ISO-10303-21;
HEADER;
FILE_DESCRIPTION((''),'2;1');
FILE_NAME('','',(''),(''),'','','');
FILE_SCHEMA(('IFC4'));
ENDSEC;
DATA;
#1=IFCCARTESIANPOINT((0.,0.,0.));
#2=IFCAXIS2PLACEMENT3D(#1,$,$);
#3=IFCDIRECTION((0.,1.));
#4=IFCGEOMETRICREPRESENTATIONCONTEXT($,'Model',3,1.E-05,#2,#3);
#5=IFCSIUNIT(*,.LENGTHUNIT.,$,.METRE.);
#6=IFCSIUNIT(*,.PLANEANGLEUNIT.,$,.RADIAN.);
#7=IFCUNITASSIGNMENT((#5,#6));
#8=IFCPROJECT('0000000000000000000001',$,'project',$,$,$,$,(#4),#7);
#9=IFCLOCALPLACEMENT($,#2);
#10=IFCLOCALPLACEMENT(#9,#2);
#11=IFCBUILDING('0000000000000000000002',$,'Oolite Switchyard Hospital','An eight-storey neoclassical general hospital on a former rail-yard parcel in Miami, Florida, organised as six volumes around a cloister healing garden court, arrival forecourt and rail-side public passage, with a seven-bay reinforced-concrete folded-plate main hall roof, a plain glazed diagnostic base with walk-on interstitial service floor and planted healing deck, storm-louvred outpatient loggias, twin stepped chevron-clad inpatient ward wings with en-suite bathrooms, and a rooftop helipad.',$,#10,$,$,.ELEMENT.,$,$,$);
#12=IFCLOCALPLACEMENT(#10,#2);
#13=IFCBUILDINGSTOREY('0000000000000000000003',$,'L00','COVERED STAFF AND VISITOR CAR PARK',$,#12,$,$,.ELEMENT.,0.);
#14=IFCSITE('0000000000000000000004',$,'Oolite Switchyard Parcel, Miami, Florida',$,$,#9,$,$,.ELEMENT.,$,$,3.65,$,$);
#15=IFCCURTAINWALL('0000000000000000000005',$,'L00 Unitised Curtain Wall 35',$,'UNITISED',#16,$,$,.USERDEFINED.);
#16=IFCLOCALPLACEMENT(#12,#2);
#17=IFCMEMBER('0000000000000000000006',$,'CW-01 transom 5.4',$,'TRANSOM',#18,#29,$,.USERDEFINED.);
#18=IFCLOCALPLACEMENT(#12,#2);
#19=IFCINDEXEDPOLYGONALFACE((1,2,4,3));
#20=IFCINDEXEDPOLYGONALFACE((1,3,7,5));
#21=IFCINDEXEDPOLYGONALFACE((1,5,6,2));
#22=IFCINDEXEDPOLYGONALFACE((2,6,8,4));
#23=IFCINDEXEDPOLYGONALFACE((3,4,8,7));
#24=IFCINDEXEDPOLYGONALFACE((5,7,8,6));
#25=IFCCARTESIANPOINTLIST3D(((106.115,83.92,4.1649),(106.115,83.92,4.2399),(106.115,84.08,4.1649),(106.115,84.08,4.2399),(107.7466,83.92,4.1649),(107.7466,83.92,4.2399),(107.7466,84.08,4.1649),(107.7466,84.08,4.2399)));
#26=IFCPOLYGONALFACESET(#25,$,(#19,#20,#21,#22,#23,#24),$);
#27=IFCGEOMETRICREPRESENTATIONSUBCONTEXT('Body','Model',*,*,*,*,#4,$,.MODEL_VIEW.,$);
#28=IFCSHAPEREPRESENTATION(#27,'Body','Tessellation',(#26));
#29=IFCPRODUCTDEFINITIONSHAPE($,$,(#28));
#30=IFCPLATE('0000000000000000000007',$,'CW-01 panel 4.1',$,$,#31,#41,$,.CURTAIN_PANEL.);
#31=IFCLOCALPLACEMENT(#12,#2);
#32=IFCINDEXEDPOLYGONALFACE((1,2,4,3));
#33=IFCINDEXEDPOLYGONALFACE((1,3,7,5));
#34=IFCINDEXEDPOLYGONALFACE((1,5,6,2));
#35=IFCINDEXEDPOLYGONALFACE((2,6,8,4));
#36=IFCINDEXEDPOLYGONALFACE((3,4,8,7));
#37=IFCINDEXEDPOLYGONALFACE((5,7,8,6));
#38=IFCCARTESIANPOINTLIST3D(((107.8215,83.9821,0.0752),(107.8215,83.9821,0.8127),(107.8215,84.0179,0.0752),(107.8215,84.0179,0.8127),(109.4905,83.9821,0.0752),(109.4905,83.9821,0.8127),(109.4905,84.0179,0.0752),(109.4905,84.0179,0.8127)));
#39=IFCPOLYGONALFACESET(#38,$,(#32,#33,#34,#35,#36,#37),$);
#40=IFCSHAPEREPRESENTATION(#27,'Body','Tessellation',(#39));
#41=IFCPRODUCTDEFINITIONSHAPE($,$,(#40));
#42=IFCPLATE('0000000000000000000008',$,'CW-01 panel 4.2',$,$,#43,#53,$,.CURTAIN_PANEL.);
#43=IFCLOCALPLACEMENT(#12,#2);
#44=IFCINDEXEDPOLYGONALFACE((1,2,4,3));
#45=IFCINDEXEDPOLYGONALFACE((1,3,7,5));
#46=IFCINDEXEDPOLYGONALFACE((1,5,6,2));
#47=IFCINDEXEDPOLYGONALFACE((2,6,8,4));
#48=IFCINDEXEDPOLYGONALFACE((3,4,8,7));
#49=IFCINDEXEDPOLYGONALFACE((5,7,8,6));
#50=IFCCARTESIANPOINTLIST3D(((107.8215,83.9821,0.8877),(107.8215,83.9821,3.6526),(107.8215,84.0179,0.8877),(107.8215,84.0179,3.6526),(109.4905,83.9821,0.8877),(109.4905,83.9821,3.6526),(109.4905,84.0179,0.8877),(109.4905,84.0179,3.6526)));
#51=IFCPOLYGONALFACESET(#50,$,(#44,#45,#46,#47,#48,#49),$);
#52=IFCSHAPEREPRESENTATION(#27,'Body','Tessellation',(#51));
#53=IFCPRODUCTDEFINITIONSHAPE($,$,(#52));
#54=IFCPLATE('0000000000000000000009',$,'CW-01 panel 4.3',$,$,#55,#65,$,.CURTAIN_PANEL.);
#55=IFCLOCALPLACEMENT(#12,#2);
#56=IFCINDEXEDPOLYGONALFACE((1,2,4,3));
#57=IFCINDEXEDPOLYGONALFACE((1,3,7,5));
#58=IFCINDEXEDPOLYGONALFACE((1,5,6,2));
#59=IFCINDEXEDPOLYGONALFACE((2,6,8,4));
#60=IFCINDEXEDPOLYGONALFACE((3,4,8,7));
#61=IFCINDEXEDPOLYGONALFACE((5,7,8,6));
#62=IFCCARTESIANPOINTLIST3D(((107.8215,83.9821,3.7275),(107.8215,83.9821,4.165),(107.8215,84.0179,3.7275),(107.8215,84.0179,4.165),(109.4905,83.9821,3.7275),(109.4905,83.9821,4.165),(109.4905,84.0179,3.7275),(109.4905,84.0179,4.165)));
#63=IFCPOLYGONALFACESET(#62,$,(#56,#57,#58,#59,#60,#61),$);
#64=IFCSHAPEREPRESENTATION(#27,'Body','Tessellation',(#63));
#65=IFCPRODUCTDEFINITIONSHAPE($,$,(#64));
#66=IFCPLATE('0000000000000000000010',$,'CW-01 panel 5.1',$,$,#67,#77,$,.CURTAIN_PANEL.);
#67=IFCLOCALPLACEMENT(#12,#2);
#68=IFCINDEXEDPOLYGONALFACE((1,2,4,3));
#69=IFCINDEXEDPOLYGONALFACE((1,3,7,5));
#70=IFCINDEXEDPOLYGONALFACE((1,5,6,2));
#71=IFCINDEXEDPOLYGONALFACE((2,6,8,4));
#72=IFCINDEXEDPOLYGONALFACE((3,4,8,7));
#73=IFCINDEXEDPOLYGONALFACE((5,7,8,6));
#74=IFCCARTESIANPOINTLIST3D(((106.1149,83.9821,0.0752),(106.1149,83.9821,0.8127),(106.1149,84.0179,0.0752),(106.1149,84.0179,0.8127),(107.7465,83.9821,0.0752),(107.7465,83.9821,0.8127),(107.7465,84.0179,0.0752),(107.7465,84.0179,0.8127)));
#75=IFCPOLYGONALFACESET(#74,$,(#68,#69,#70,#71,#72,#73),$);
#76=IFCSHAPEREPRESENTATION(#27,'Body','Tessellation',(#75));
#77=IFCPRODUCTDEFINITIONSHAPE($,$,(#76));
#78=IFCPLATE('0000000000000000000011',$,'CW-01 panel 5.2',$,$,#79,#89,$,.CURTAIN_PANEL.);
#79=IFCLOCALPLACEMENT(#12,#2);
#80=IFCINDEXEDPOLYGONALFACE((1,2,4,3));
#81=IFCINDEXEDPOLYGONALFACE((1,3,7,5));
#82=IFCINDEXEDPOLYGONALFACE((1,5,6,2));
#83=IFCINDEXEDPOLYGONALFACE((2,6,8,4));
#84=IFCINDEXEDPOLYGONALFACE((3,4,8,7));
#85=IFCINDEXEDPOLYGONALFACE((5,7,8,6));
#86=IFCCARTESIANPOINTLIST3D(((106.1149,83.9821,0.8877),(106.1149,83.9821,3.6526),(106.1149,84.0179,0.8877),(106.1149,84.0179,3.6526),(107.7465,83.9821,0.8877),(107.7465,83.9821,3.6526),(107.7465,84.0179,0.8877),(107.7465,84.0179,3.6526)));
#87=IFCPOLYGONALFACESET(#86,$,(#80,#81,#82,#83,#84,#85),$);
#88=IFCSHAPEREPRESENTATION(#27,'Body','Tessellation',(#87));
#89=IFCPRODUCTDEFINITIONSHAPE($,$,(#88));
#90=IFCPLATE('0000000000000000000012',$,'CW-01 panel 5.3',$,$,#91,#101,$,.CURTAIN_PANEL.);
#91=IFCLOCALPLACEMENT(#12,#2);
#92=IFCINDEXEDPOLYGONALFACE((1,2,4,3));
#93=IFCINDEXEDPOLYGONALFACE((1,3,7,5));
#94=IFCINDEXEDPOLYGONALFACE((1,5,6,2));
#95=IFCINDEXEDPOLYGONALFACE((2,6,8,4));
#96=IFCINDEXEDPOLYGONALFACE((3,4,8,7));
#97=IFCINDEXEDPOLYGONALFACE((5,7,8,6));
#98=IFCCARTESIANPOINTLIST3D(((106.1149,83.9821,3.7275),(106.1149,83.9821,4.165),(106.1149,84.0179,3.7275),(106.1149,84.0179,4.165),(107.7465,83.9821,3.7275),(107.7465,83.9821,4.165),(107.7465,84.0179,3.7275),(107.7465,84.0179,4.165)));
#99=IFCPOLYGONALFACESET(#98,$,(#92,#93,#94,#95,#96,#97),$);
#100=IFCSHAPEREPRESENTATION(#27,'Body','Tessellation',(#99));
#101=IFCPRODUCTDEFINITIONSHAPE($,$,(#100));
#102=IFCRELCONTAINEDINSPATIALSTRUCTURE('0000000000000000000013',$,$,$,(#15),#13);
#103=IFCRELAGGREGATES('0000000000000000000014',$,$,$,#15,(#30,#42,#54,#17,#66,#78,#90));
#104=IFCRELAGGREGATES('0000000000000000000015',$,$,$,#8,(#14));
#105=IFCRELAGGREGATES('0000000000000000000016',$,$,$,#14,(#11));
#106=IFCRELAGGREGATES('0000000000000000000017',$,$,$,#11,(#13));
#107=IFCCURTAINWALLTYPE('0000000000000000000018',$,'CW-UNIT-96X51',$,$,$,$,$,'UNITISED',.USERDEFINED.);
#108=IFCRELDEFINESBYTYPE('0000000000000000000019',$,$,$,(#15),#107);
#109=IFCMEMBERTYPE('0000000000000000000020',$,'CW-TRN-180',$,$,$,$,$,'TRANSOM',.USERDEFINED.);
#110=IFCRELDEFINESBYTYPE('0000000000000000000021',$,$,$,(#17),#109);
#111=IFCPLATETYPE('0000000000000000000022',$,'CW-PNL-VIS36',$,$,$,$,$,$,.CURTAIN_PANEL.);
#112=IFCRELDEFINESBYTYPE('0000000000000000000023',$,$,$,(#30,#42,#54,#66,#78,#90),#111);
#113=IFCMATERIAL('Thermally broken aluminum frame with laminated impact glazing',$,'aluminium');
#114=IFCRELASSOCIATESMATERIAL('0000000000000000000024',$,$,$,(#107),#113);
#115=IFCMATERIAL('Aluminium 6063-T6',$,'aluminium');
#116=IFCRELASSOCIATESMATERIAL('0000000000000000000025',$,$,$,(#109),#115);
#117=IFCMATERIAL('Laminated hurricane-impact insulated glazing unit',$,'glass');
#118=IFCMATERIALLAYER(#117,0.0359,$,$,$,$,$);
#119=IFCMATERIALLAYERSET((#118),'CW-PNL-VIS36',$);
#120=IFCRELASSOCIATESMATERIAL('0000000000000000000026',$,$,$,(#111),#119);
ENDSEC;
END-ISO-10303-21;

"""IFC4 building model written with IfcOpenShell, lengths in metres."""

from ifc_helpers import new_model, si_unit, direction, frame, origin, origin_2d, place, context, subcontext, project, spatial, rectangle, extrude, material, layer, layer_set, material_profile, profile_set, type_object, element, aggregate, save


model = new_model("IFC4")

# Units and contexts
model_context = context("Model", 3, precision=1e-05, world=origin(), true_north=direction((0.0, 1.0)))
body_context = subcontext(model_context, "Body", "Model", "MODEL_VIEW")
ifc_project = project(units=[si_unit("LENGTHUNIT", "METRE"), si_unit("PLANEANGLEUNIT", "RADIAN")], contexts=[model_context])

# Site, building, storey
site_placement = place(None, origin())
site = spatial("IfcSite", under=ifc_project, at=site_placement, Name="Oolite Switchyard Parcel, Miami, Florida", CompositionType="ELEMENT", RefElevation=3.65)
building_placement = place(site_placement, origin())
building = spatial("IfcBuilding", under=site, at=building_placement, Name="Oolite Switchyard Hospital", Description="An eight-storey neoclassical general hospital on a former rail-yard parcel in Miami, Florida, organised as six volumes around a cloister healing garden court, arrival forecourt and rail-side public passage, with a seven-bay reinforced-concrete folded-plate main hall roof, a plain glazed diagnostic base with walk-on interstitial service floor and planted healing deck, storm-louvred outpatient loggias, twin stepped chevron-clad inpatient ward wings with en-suite bathrooms, and a rooftop helipad.", CompositionType="ELEMENT")
storey_placement = place(building_placement, origin())
storey = spatial("IfcBuildingStorey", under=building, at=storey_placement, Name="L00", Description="COVERED STAFF AND VISITOR CAR PARK", CompositionType="ELEMENT", Elevation=0.0)

# Curtain wall, member, plates
ifc_material_1 = material(Name="Thermally broken aluminum frame with laminated impact glazing", Category="aluminium")
curtain_wall_type = type_object("IfcCurtainWallType", Name="CW-UNIT-96X51", ElementType="UNITISED", PredefinedType="USERDEFINED", material=ifc_material_1)
curtain_wall_placement = place(storey_placement, origin())
curtain_wall = element("IfcCurtainWall", 1, at=curtain_wall_placement, inside=storey, type_object=curtain_wall_type, Name="L00 Unitised Curtain Wall 35", ObjectType="UNITISED", PredefinedType="USERDEFINED")
ifc_material_2 = material(Name="Aluminium 6063-T6", Category="aluminium")
ifc_material_profile_1 = material_profile(ifc_material_2, rectangle(XDim=0.1599, YDim=0.075, at=origin_2d()), Name="CWT75X160")
ifc_profile_set_1 = profile_set([ifc_material_profile_1], Name="Aluminium 6063-T6")
member_type_1 = type_object("IfcMemberType", Name="CW-TRN-180", ElementType="TRANSOM", PredefinedType="USERDEFINED", material=ifc_profile_set_1)
member_1_placement = place(storey_placement, frame((107.7466, 84.0, 4.2024), z_axis=(-1.0, 0.0, 0.0), x_axis=(0.0, -1.0, 0.0)))
member_1 = element("IfcMember", 2, at=member_1_placement, type_object=member_type_1, Name="CW-01 transom 5.4", ObjectType="TRANSOM", PredefinedType="USERDEFINED", context=body_context, shape_type="SweptSolid", body=[
    extrude(rectangle(XDim=0.1599, YDim=0.075, at=origin_2d()), origin(), (0.0, 0.0, 1.0), 1.6316),
])
ifc_material_3 = material(Name="Laminated hurricane-impact insulated glazing unit", Category="glass")
ifc_layer = layer(ifc_material_3, 0.0359)
ifc_layer_set = layer_set([ifc_layer], Name="CW-PNL-VIS36")
plate_type = type_object("IfcPlateType", Name="CW-PNL-VIS36", PredefinedType="CURTAIN_PANEL", material=ifc_layer_set)
plate_1_placement = place(storey_placement, frame((108.656, 84.0, 0.0752), z_axis=(0.0, 0.0, 1.0), x_axis=(-1.0, 0.0, 0.0)))
plate_1 = element("IfcPlate", 3, at=plate_1_placement, type_object=plate_type, Name="CW-01 panel 4.1", PredefinedType="CURTAIN_PANEL", context=body_context, shape_type="SweptSolid", body=[
    extrude(rectangle(XDim=1.6689, YDim=0.0359, at=origin_2d()), origin(), (0.0, 0.0, 1.0), 0.7375),
])
plate_2_placement = place(storey_placement, frame((108.656, 84.0, 0.8877), z_axis=(0.0, 0.0, 1.0), x_axis=(-1.0, 0.0, 0.0)))
plate_2 = element("IfcPlate", 4, at=plate_2_placement, type_object=plate_type, Name="CW-01 panel 4.2", PredefinedType="CURTAIN_PANEL", context=body_context, shape_type="SweptSolid", body=[
    extrude(rectangle(XDim=1.6689, YDim=0.0359, at=origin_2d()), origin(), (0.0, 0.0, 1.0), 2.7649),
])
plate_3_placement = place(storey_placement, frame((108.656, 84.0, 3.7275), z_axis=(0.0, 0.0, 1.0), x_axis=(-1.0, 0.0, 0.0)))
plate_3 = element("IfcPlate", 5, at=plate_3_placement, type_object=plate_type, Name="CW-01 panel 4.3", PredefinedType="CURTAIN_PANEL", context=body_context, shape_type="SweptSolid", body=[
    extrude(rectangle(XDim=1.6689, YDim=0.0359, at=origin_2d()), origin(), (0.0, 0.0, 1.0), 0.4375),
])
plate_4_placement = place(storey_placement, frame((106.9307, 84.0, 0.0752), z_axis=(0.0, 0.0, 1.0), x_axis=(-1.0, 0.0, 0.0)))
plate_4 = element("IfcPlate", 6, at=plate_4_placement, type_object=plate_type, Name="CW-01 panel 5.1", PredefinedType="CURTAIN_PANEL", context=body_context, shape_type="SweptSolid", body=[
    extrude(rectangle(XDim=1.6316, YDim=0.0359, at=origin_2d()), origin(), (0.0, 0.0, 1.0), 0.7375),
])
plate_5_placement = place(storey_placement, frame((106.9307, 84.0, 0.8877), z_axis=(0.0, 0.0, 1.0), x_axis=(-1.0, 0.0, 0.0)))
plate_5 = element("IfcPlate", 7, at=plate_5_placement, type_object=plate_type, Name="CW-01 panel 5.2", PredefinedType="CURTAIN_PANEL", context=body_context, shape_type="SweptSolid", body=[
    extrude(rectangle(XDim=1.6316, YDim=0.0359, at=origin_2d()), origin(), (0.0, 0.0, 1.0), 2.7649),
])
plate_6_placement = place(storey_placement, frame((106.9307, 84.0, 3.7275), z_axis=(0.0, 0.0, 1.0), x_axis=(-1.0, 0.0, 0.0)))
plate_6 = element("IfcPlate", 8, at=plate_6_placement, type_object=plate_type, Name="CW-01 panel 5.3", PredefinedType="CURTAIN_PANEL", context=body_context, shape_type="SweptSolid", body=[
    extrude(rectangle(XDim=1.6316, YDim=0.0359, at=origin_2d()), origin(), (0.0, 0.0, 1.0), 0.4375),
])
aggregate(curtain_wall, [plate_1, plate_2, plate_3, member_1, plate_4, plate_5, plate_6])

save(model, "model.ifc")
